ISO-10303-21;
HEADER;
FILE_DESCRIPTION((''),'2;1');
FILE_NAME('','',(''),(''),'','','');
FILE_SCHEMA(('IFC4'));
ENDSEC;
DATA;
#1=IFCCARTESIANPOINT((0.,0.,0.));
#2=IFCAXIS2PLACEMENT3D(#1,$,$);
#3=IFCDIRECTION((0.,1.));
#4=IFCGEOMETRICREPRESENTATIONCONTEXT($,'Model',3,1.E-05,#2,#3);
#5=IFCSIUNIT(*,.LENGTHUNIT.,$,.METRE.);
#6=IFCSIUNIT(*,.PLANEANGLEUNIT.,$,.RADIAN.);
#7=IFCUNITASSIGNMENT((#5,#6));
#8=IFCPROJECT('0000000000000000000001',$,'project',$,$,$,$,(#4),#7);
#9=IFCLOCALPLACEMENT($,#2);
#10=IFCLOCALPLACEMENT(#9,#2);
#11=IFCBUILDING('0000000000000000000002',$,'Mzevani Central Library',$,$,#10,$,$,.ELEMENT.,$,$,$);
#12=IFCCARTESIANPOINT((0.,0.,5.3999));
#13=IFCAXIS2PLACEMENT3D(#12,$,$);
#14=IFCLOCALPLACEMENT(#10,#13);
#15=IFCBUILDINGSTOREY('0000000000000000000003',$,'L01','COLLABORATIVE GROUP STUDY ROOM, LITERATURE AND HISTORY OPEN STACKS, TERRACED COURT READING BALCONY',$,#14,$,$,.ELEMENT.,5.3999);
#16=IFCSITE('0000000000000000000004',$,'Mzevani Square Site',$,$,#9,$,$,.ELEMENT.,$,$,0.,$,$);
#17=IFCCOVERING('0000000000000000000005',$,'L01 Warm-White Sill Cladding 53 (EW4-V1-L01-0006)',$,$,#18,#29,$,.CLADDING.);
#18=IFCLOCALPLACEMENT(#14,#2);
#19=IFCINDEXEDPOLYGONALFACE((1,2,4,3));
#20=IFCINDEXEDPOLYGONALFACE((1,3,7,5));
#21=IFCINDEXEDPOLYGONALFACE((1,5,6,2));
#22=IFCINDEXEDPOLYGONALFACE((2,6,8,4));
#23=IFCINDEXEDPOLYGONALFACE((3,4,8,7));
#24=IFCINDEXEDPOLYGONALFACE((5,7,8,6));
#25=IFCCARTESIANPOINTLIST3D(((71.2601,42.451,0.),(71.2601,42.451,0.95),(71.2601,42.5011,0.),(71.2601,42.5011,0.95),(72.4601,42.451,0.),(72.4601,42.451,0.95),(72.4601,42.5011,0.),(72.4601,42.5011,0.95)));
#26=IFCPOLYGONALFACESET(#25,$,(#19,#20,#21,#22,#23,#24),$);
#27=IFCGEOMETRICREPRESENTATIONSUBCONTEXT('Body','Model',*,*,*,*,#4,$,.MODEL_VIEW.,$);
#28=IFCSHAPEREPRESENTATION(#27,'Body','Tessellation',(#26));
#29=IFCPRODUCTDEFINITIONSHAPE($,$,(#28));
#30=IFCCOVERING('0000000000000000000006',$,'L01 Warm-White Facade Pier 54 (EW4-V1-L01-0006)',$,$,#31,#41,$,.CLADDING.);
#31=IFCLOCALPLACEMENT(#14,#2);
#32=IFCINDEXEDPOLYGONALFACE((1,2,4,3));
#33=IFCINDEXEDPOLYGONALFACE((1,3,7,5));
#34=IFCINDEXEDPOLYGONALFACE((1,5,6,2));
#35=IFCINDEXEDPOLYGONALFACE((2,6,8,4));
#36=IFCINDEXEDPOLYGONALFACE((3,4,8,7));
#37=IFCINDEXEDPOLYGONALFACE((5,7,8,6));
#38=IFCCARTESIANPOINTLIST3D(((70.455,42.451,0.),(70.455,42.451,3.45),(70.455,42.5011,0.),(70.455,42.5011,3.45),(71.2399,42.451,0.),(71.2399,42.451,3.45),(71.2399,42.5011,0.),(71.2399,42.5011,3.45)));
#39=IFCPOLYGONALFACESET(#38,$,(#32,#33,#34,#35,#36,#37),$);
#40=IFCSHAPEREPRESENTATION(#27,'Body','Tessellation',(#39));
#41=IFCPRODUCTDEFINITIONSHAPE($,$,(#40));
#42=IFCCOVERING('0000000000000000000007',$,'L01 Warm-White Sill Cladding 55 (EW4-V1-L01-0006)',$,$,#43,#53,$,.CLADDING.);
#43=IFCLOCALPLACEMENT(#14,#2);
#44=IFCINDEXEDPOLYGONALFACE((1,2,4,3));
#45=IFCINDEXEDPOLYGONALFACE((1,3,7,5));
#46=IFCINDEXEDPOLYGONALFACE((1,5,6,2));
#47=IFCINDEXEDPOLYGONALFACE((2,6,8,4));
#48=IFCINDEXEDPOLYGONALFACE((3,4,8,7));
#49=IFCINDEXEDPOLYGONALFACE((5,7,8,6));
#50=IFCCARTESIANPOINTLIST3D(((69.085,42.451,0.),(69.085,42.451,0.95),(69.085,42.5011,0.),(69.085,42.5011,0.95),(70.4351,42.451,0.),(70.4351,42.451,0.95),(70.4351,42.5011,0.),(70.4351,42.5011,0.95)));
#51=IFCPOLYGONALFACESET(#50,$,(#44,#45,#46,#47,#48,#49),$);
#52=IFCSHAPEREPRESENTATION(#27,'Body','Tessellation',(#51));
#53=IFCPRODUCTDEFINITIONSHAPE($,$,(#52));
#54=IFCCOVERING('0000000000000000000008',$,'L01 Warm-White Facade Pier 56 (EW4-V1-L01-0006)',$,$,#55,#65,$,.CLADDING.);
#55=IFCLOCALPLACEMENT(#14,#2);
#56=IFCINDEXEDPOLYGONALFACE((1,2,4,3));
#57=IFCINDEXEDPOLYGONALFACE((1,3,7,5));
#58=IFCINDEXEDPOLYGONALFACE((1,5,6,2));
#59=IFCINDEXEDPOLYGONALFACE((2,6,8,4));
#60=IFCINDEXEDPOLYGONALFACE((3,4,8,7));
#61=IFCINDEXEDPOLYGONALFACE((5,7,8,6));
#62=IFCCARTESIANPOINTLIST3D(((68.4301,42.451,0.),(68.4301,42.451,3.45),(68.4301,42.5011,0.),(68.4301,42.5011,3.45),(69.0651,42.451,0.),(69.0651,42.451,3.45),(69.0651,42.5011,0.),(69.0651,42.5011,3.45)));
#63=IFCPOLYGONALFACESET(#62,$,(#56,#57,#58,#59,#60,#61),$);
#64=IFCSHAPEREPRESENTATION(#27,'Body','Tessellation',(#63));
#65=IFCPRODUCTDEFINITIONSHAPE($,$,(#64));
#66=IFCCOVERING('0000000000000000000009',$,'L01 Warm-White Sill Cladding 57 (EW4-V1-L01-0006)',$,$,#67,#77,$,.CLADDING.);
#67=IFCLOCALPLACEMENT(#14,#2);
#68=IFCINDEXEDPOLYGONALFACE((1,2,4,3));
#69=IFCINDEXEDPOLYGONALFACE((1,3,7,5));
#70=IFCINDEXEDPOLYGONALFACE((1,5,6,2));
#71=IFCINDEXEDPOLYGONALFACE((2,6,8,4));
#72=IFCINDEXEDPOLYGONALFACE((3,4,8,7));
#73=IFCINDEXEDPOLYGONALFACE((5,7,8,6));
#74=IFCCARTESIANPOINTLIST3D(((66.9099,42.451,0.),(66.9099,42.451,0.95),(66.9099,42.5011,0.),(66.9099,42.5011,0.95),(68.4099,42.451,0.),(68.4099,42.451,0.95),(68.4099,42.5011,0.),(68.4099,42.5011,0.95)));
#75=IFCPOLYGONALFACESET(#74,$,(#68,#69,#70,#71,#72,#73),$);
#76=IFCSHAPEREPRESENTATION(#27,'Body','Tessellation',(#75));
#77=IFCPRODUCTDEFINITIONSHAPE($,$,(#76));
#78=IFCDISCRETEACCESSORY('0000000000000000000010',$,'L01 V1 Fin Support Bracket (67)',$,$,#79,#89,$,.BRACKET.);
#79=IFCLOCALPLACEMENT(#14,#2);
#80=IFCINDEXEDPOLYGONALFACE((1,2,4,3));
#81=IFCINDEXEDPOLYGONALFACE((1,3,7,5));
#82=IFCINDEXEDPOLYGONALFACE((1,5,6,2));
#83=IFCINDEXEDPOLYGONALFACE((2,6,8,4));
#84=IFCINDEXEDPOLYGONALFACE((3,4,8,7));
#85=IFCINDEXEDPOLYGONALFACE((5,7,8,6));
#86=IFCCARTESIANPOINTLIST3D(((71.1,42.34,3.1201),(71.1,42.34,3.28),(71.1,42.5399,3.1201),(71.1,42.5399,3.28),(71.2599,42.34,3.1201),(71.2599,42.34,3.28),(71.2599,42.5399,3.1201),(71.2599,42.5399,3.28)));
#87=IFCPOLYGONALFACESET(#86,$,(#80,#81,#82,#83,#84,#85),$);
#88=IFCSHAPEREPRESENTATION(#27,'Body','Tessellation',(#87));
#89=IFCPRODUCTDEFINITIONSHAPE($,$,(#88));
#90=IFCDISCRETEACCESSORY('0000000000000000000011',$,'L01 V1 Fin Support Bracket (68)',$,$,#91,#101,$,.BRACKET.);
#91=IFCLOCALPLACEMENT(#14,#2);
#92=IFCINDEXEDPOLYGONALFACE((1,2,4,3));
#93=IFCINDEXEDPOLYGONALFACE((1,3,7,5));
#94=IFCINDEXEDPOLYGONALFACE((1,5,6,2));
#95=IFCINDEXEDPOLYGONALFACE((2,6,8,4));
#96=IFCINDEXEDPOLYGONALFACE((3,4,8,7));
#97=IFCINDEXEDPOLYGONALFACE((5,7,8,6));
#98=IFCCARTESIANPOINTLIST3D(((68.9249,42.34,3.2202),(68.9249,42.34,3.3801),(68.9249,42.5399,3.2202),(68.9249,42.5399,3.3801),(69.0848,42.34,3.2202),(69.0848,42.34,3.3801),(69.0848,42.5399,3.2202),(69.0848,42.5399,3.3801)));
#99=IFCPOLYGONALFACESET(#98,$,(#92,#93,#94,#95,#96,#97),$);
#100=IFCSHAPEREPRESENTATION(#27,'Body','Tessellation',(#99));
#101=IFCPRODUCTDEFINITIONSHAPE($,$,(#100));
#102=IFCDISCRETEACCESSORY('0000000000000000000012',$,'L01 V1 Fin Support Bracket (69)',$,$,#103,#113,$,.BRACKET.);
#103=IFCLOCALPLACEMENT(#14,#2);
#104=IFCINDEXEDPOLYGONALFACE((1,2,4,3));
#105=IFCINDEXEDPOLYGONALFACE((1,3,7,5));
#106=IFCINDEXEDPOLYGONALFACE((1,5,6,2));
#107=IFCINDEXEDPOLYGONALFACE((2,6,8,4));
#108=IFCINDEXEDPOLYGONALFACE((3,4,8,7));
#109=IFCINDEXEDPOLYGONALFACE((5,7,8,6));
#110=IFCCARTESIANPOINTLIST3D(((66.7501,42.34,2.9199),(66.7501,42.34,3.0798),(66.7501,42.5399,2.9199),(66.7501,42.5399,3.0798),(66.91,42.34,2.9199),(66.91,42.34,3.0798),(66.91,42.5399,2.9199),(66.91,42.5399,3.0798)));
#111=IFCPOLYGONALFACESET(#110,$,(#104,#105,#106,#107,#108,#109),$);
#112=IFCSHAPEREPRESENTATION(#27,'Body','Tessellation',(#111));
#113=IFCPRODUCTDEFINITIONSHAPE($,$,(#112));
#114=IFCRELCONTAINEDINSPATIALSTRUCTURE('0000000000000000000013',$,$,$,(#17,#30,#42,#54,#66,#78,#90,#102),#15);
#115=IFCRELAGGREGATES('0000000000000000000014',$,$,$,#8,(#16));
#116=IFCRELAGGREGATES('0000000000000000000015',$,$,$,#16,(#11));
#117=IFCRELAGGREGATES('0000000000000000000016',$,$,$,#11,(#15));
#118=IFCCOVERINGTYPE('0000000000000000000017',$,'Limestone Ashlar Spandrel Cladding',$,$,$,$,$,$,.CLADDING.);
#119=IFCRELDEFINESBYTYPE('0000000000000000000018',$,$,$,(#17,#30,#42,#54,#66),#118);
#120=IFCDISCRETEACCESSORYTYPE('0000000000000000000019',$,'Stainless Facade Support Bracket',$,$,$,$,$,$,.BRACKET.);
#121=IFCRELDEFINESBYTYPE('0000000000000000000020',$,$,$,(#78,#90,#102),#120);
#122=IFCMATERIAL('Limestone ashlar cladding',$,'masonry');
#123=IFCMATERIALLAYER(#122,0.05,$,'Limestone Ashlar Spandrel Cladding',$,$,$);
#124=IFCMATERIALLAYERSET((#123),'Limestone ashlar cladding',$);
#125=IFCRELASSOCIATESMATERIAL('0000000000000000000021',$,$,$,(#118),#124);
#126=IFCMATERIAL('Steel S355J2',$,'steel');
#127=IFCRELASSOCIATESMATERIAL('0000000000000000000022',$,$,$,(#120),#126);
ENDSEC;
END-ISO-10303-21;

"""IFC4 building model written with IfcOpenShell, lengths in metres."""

from ifc_helpers import new_model, si_unit, direction, frame, origin, origin_2d, place, context, subcontext, project, spatial, rectangle, extrude, material, layer, layer_set, type_object, element, save


model = new_model("IFC4")

# Units and contexts
model_context = context("Model", 3, precision=1e-05, world=origin(), true_north=direction((0.0, 1.0)))
body_context = subcontext(model_context, "Body", "Model", "MODEL_VIEW")
ifc_project = project(units=[si_unit("LENGTHUNIT", "METRE"), si_unit("PLANEANGLEUNIT", "RADIAN")], contexts=[model_context])

# Site, building, storey
site_placement = place(None, origin())
site = spatial("IfcSite", under=ifc_project, at=site_placement, Name="Mzevani Square Site", CompositionType="ELEMENT", RefElevation=0.0)
building_placement = place(site_placement, origin())
building = spatial("IfcBuilding", under=site, at=building_placement, Name="Mzevani Central Library", CompositionType="ELEMENT")
storey_placement = place(building_placement, frame((0.0, 0.0, 5.3999)))
storey = spatial("IfcBuildingStorey", under=building, at=storey_placement, Name="L01", Description="COLLABORATIVE GROUP STUDY ROOM, LITERATURE AND HISTORY OPEN STACKS, TERRACED COURT READING BALCONY", CompositionType="ELEMENT", Elevation=5.3999)

# Coverings
ifc_material_1 = material(Name="Limestone ashlar cladding", Category="masonry")
ifc_layer_1 = layer(ifc_material_1, 0.05, Name="Limestone Ashlar Spandrel Cladding")
ifc_layer_set_1 = layer_set([ifc_layer_1], Name="Limestone ashlar cladding")
covering_type = type_object("IfcCoveringType", Name="Limestone Ashlar Spandrel Cladding", PredefinedType="CLADDING", material=ifc_layer_set_1)
covering_1_placement = place(storey_placement, frame((71.8601, 42.4761, 0.0), z_axis=(0.0, 0.0, 1.0), x_axis=(-1.0, 0.0, 0.0)))
element("IfcCovering", 1, at=covering_1_placement, inside=storey, type_object=covering_type, Name="L01 Warm-White Sill Cladding 53 (EW4-V1-L01-0006)", PredefinedType="CLADDING", context=body_context, shape_type="SweptSolid", body=[
    extrude(rectangle(XDim=1.2, YDim=0.05, at=origin_2d()), origin(), (0.0, 0.0, 1.0), 0.95),
])
covering_2_placement = place(storey_placement, frame((70.8474, 42.4761, 0.0), z_axis=(0.0, 0.0, 1.0), x_axis=(-1.0, 0.0, 0.0)))
element("IfcCovering", 2, at=covering_2_placement, inside=storey, type_object=covering_type, Name="L01 Warm-White Facade Pier 54 (EW4-V1-L01-0006)", PredefinedType="CLADDING", context=body_context, shape_type="SweptSolid", body=[
    extrude(rectangle(XDim=0.7849, YDim=0.05, at=origin_2d()), origin(), (0.0, 0.0, 1.0), 3.45),
])
covering_3_placement = place(storey_placement, frame((69.76, 42.4761, 0.0), z_axis=(0.0, 0.0, 1.0), x_axis=(-1.0, 0.0, 0.0)))
element("IfcCovering", 3, at=covering_3_placement, inside=storey, type_object=covering_type, Name="L01 Warm-White Sill Cladding 55 (EW4-V1-L01-0006)", PredefinedType="CLADDING", context=body_context, shape_type="SweptSolid", body=[
    extrude(rectangle(XDim=1.3501, YDim=0.05, at=origin_2d()), origin(), (0.0, 0.0, 1.0), 0.95),
])
covering_4_placement = place(storey_placement, frame((68.7476, 42.4761, 0.0), z_axis=(0.0, 0.0, 1.0), x_axis=(-1.0, 0.0, 0.0)))
element("IfcCovering", 4, at=covering_4_placement, inside=storey, type_object=covering_type, Name="L01 Warm-White Facade Pier 56 (EW4-V1-L01-0006)", PredefinedType="CLADDING", context=body_context, shape_type="SweptSolid", body=[
    extrude(rectangle(XDim=0.635, YDim=0.05, at=origin_2d()), origin(), (0.0, 0.0, 1.0), 3.45),
])
covering_5_placement = place(storey_placement, frame((67.6599, 42.4761, 0.0), z_axis=(0.0, 0.0, 1.0), x_axis=(-1.0, 0.0, 0.0)))
element("IfcCovering", 5, at=covering_5_placement, inside=storey, type_object=covering_type, Name="L01 Warm-White Sill Cladding 57 (EW4-V1-L01-0006)", PredefinedType="CLADDING", context=body_context, shape_type="SweptSolid", body=[
    extrude(rectangle(XDim=1.5, YDim=0.05, at=origin_2d()), origin(), (0.0, 0.0, 1.0), 0.95),
])

# Discrete accessories
ifc_material_2 = material(Name="Steel S355J2", Category="steel")
discrete_accessory_type = type_object("IfcDiscreteAccessoryType", Name="Stainless Facade Support Bracket", PredefinedType="BRACKET", material=ifc_material_2)
for number, where, z_axis, x_axis, name in (
    (6, (71.1799, 42.4399, 3.1201), (0.0, 0.0, 1.0), (-1.0, 0.0, 0.0), "L01 V1 Fin Support Bracket (67)"),
    (7, (69.0049, 42.4399, 3.2202), (0.0, 0.0, 1.0), (-1.0, 0.0, 0.0), "L01 V1 Fin Support Bracket (68)"),
    (8, (66.8301, 42.4399, 2.9199), (0.0, 0.0, 1.0), (-1.0, 0.0, 0.0), "L01 V1 Fin Support Bracket (69)"),
):
    element("IfcDiscreteAccessory", number, at=place(storey_placement, frame(where, z_axis=z_axis, x_axis=x_axis)), inside=storey, type_object=discrete_accessory_type, Name=name, PredefinedType="BRACKET", context=body_context, shape_type="SweptSolid", body=[
        extrude(rectangle(XDim=0.1599, YDim=0.2, at=origin_2d()), origin(), (0.0, 0.0, 1.0), 0.1599),
    ])

save(model, "model.ifc")
